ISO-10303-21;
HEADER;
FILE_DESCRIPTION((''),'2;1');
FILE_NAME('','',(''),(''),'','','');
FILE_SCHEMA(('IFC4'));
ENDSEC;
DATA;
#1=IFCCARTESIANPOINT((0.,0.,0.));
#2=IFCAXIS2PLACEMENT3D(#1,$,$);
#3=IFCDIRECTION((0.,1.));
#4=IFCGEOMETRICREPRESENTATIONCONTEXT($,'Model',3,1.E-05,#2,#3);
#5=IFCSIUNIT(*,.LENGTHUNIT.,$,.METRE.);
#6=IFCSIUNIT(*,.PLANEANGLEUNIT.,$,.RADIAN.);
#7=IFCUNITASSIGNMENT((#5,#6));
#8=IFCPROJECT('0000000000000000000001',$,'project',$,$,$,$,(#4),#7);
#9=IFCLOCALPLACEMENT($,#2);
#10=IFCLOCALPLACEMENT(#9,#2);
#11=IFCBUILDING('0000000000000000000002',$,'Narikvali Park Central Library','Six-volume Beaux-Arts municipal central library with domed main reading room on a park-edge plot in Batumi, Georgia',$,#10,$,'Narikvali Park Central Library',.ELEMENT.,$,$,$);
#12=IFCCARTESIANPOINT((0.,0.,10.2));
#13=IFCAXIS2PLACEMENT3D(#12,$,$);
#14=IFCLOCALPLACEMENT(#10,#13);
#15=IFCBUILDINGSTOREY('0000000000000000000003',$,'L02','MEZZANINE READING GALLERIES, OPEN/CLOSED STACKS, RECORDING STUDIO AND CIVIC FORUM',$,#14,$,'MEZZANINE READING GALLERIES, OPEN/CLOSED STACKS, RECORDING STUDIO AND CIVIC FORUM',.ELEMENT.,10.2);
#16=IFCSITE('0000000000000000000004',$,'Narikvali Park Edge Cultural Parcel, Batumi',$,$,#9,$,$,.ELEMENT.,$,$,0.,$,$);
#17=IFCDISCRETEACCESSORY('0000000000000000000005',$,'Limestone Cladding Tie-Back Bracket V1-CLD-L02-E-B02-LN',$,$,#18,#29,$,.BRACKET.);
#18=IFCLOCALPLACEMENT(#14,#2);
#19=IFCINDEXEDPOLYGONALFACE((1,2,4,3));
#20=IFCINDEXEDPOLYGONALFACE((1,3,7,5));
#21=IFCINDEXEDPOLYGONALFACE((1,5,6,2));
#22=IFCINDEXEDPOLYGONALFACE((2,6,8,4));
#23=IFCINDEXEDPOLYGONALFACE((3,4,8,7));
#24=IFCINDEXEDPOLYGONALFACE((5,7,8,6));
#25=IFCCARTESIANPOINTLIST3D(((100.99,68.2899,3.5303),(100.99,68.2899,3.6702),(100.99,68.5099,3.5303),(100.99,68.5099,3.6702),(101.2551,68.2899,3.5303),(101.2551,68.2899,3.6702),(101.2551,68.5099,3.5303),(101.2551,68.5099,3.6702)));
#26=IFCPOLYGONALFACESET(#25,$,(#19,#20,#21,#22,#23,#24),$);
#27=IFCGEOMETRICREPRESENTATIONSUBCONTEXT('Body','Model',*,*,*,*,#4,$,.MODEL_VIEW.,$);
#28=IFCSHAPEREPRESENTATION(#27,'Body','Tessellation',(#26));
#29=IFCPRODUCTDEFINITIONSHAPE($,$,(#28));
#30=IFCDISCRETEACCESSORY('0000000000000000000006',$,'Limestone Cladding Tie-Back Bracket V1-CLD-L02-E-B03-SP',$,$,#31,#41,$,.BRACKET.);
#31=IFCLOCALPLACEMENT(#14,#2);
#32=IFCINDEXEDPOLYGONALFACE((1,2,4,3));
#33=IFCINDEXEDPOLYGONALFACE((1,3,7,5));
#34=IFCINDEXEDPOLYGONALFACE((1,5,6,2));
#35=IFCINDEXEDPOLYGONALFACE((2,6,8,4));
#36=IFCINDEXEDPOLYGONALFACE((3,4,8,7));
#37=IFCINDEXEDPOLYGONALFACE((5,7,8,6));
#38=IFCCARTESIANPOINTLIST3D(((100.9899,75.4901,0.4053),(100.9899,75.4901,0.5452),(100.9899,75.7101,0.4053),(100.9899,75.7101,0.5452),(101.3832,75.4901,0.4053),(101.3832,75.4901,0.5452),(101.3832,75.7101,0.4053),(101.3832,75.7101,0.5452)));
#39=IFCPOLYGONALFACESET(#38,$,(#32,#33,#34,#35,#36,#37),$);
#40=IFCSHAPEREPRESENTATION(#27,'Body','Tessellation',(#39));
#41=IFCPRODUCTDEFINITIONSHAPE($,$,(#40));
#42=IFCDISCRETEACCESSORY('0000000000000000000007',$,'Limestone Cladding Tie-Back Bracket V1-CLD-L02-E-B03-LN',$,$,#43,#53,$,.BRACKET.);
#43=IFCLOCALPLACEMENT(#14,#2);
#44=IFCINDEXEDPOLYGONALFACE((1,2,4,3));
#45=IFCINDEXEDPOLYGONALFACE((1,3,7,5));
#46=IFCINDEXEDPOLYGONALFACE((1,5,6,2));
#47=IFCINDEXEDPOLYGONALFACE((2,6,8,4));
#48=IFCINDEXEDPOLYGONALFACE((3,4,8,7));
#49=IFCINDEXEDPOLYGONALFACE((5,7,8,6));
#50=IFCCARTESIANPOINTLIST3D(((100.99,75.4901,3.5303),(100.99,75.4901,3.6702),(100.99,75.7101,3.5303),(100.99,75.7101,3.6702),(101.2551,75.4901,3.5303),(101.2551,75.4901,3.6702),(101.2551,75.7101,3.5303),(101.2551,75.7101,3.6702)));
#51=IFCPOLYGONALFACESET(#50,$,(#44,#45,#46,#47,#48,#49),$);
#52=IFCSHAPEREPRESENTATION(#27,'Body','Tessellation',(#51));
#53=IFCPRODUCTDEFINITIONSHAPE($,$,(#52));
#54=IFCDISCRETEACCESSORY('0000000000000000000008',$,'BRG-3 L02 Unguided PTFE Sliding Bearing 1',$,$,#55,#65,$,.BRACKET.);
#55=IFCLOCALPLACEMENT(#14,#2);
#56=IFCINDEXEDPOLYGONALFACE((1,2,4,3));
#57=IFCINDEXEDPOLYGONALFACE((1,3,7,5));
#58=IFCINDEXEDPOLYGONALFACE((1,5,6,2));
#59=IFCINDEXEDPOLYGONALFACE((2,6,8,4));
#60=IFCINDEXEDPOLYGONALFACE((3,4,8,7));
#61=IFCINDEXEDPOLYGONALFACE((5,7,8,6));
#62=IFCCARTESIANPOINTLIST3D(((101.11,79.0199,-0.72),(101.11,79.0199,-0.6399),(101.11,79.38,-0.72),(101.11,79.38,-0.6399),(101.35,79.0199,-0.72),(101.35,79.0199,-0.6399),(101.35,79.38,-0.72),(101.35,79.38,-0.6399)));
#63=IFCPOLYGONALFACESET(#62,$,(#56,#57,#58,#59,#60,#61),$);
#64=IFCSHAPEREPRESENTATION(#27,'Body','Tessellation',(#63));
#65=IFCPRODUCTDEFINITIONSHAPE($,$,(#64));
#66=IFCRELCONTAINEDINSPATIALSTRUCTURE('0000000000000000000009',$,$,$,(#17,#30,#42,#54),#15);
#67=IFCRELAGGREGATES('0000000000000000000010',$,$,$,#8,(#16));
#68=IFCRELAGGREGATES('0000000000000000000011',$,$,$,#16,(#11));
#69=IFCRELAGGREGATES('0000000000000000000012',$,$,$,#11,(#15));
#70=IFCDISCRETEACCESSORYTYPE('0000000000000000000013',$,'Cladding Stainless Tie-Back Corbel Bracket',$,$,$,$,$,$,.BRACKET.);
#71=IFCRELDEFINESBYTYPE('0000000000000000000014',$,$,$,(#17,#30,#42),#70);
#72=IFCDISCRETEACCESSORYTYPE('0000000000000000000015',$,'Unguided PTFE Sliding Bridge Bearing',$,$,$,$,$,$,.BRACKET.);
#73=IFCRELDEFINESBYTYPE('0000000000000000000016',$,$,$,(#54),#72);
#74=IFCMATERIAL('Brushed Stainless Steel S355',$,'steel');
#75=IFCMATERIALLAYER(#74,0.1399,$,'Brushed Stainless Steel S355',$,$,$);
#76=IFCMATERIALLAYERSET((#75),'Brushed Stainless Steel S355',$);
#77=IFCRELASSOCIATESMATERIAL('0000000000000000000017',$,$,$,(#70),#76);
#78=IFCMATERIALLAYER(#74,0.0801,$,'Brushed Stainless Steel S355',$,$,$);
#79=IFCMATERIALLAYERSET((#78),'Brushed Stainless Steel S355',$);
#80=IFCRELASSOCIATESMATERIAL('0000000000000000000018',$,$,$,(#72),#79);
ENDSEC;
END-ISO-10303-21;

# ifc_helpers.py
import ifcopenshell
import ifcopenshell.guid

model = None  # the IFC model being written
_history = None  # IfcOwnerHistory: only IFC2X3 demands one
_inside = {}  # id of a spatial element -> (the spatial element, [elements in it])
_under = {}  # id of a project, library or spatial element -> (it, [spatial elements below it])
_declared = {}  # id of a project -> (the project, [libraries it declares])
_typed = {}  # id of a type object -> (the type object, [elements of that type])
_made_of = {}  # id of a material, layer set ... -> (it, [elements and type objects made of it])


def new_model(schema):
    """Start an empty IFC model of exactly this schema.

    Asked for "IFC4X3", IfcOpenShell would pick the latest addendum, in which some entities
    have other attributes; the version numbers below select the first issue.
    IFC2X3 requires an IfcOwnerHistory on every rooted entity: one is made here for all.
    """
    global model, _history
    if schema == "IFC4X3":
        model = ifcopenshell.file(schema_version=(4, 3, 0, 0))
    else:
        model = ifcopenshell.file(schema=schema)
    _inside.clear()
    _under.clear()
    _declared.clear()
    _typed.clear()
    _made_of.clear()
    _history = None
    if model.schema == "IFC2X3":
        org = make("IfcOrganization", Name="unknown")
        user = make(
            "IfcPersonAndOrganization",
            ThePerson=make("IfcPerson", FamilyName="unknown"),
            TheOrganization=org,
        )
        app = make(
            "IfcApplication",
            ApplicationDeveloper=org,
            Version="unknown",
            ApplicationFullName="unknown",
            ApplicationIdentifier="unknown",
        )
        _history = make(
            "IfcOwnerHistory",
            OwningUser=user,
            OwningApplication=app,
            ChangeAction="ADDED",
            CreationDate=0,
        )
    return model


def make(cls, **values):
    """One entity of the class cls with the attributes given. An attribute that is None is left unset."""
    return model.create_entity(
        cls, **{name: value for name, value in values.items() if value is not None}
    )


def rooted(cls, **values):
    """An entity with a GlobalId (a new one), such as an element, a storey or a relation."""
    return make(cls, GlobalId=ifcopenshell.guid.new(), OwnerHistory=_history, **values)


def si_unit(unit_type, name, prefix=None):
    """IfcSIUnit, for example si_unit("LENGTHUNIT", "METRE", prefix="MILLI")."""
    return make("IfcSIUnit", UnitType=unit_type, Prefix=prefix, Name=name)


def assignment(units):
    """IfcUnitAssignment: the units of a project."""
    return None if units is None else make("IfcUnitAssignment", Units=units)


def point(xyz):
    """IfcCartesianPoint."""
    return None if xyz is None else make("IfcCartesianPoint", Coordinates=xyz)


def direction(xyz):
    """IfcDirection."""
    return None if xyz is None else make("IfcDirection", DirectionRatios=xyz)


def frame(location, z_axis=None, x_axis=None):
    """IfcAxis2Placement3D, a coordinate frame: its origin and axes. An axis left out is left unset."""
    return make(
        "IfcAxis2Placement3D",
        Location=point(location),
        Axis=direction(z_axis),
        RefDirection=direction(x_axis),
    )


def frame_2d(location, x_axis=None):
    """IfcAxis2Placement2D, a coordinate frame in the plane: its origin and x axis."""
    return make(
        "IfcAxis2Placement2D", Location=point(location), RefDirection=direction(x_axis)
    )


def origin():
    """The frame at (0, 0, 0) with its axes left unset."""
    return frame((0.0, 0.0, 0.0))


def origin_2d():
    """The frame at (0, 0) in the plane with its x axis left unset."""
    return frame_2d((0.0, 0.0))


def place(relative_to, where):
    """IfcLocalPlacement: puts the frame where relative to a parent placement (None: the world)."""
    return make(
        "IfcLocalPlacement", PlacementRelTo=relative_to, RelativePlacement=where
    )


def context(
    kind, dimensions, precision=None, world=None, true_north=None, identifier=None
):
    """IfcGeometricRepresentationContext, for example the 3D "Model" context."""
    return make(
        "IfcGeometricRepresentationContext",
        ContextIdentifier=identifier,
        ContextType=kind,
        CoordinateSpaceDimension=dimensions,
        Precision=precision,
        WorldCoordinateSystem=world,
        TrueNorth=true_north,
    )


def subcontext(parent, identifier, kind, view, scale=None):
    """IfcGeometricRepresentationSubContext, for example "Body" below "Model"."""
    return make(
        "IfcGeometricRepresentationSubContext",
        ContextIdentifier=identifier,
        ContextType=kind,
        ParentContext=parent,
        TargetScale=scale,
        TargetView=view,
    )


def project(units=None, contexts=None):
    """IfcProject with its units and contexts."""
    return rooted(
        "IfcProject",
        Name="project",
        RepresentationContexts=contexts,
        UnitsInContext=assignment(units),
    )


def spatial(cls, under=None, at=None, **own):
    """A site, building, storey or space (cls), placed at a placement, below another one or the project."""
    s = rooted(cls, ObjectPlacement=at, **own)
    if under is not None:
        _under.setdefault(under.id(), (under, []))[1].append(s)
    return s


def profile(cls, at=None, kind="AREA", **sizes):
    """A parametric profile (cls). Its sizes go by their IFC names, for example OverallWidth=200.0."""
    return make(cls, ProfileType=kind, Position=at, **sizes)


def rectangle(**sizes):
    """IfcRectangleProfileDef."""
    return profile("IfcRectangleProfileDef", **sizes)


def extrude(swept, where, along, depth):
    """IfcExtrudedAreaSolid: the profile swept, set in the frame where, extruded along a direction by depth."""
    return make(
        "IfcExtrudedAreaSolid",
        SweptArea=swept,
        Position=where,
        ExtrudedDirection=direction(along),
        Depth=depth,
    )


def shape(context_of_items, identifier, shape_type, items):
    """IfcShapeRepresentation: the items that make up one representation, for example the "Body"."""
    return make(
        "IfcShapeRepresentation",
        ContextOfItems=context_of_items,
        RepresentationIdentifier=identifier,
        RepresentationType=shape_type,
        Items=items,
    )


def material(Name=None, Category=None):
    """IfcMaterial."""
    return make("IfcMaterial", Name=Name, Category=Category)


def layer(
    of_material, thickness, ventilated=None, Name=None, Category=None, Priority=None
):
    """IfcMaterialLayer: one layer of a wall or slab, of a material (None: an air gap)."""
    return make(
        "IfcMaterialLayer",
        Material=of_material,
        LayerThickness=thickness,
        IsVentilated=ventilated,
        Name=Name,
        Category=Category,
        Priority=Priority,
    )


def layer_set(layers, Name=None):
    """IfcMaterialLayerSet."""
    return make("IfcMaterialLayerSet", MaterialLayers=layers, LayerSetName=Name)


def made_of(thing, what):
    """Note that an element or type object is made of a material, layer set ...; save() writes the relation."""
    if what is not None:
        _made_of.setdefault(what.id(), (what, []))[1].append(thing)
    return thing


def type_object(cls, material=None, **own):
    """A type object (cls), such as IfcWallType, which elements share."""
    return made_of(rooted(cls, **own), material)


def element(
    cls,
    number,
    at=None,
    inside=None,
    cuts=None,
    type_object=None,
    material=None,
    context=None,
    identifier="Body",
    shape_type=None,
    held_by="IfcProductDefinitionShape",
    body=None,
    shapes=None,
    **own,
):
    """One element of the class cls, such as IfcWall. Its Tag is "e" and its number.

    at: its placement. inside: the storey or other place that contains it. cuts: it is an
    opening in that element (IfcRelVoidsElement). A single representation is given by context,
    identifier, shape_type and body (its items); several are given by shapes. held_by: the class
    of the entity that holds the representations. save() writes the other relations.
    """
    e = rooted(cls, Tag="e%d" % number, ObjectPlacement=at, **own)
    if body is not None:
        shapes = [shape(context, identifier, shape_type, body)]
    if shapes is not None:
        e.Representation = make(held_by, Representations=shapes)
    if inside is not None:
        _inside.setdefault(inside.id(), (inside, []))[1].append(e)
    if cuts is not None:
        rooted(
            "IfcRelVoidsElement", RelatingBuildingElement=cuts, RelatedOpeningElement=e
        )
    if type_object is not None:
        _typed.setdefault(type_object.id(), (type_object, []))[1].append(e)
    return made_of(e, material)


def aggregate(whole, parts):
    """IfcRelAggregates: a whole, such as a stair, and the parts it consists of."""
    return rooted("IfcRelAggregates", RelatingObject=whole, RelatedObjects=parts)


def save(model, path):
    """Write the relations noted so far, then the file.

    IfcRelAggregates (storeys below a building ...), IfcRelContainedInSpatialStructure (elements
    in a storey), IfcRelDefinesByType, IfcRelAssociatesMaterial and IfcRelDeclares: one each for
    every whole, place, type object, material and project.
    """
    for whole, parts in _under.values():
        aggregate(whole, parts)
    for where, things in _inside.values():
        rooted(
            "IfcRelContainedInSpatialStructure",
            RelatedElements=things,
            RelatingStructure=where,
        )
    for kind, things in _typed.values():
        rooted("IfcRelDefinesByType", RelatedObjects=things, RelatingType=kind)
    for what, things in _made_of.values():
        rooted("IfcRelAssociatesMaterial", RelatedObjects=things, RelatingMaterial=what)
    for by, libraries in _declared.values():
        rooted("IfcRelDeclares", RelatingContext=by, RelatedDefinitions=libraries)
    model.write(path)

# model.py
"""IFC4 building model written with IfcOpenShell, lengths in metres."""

from ifc_helpers import new_model, si_unit, direction, frame, origin, origin_2d, place, context, subcontext, project, spatial, rectangle, extrude, material, layer, layer_set, type_object, element, save


model = new_model("IFC4")

# Units and contexts
model_context = context("Model", 3, precision=1e-05, world=origin(), true_north=direction((0.0, 1.0)))
body_context = subcontext(model_context, "Body", "Model", "MODEL_VIEW")
ifc_project = project(units=[si_unit("LENGTHUNIT", "METRE"), si_unit("PLANEANGLEUNIT", "RADIAN")], contexts=[model_context])

# Site, building, storey
site_placement = place(None, origin())
site = spatial("IfcSite", under=ifc_project, at=site_placement, Name="Narikvali Park Edge Cultural Parcel, Batumi", CompositionType="ELEMENT", RefElevation=0.0)
building_placement = place(site_placement, origin())
building = spatial("IfcBuilding", under=site, at=building_placement, Name="Narikvali Park Central Library", Description="Six-volume Beaux-Arts municipal central library with domed main reading room on a park-edge plot in Batumi, Georgia", LongName="Narikvali Park Central Library", CompositionType="ELEMENT")
storey_placement = place(building_placement, frame((0.0, 0.0, 10.2)))
storey = spatial("IfcBuildingStorey", under=building, at=storey_placement, Name="L02", Description="MEZZANINE READING GALLERIES, OPEN/CLOSED STACKS, RECORDING STUDIO AND CIVIC FORUM", LongName="MEZZANINE READING GALLERIES, OPEN/CLOSED STACKS, RECORDING STUDIO AND CIVIC FORUM", CompositionType="ELEMENT", Elevation=10.2)

# Discrete accessories
ifc_material_1 = material(Name="Brushed Stainless Steel S355", Category="steel")
ifc_layer_1 = layer(ifc_material_1, 0.1399, Name="Brushed Stainless Steel S355")
ifc_layer_set_1 = layer_set([ifc_layer_1], Name="Brushed Stainless Steel S355")
discrete_accessory_type_1 = type_object("IfcDiscreteAccessoryType", Name="Cladding Stainless Tie-Back Corbel Bracket", PredefinedType="BRACKET", material=ifc_layer_set_1)
discrete_accessory_1_placement = place(storey_placement, frame((101.1226, 68.3999, 3.5303), z_axis=(0.0, 0.0, 1.0), x_axis=(1.0, 0.0, 0.0)))
element("IfcDiscreteAccessory", 1, at=discrete_accessory_1_placement, inside=storey, type_object=discrete_accessory_type_1, Name="Limestone Cladding Tie-Back Bracket V1-CLD-L02-E-B02-LN", PredefinedType="BRACKET", context=body_context, shape_type="SweptSolid", body=[
    extrude(rectangle(XDim=0.2651, YDim=0.22, at=origin_2d()), origin(), (0.0, 0.0, 1.0), 0.1399),
])
discrete_accessory_2_placement = place(storey_placement, frame((101.1865, 75.6001, 0.4053), z_axis=(0.0, 0.0, 1.0), x_axis=(1.0, 0.0, 0.0)))
element("IfcDiscreteAccessory", 2, at=discrete_accessory_2_placement, inside=storey, type_object=discrete_accessory_type_1, Name="Limestone Cladding Tie-Back Bracket V1-CLD-L02-E-B03-SP", PredefinedType="BRACKET", context=body_context, shape_type="SweptSolid", body=[
    extrude(rectangle(XDim=0.3933, YDim=0.22, at=origin_2d()), origin(), (0.0, 0.0, 1.0), 0.1399),
])
discrete_accessory_3_placement = place(storey_placement, frame((101.1226, 75.6001, 3.5303), z_axis=(0.0, 0.0, 1.0), x_axis=(1.0, 0.0, 0.0)))
element("IfcDiscreteAccessory", 3, at=discrete_accessory_3_placement, inside=storey, type_object=discrete_accessory_type_1, Name="Limestone Cladding Tie-Back Bracket V1-CLD-L02-E-B03-LN", PredefinedType="BRACKET", context=body_context, shape_type="SweptSolid", body=[
    extrude(rectangle(XDim=0.2651, YDim=0.22, at=origin_2d()), origin(), (0.0, 0.0, 1.0), 0.1399),
])
ifc_layer_2 = layer(ifc_material_1, 0.0801, Name="Brushed Stainless Steel S355")
ifc_layer_set_2 = layer_set([ifc_layer_2], Name="Brushed Stainless Steel S355")
discrete_accessory_type_2 = type_object("IfcDiscreteAccessoryType", Name="Unguided PTFE Sliding Bridge Bearing", PredefinedType="BRACKET", material=ifc_layer_set_2)
discrete_accessory_4_placement = place(storey_placement, frame((101.23, 79.2, -0.72), z_axis=(0.0, 0.0, 1.0), x_axis=(1.0, 0.0, 0.0)))
element("IfcDiscreteAccessory", 4, at=discrete_accessory_4_placement, inside=storey, type_object=discrete_accessory_type_2, Name="BRG-3 L02 Unguided PTFE Sliding Bearing 1", PredefinedType="BRACKET", context=body_context, shape_type="SweptSolid", body=[
    extrude(rectangle(XDim=0.24, YDim=0.3601, at=origin_2d()), origin(), (0.0, 0.0, 1.0), 0.0801),
])

save(model, "model.ifc")
